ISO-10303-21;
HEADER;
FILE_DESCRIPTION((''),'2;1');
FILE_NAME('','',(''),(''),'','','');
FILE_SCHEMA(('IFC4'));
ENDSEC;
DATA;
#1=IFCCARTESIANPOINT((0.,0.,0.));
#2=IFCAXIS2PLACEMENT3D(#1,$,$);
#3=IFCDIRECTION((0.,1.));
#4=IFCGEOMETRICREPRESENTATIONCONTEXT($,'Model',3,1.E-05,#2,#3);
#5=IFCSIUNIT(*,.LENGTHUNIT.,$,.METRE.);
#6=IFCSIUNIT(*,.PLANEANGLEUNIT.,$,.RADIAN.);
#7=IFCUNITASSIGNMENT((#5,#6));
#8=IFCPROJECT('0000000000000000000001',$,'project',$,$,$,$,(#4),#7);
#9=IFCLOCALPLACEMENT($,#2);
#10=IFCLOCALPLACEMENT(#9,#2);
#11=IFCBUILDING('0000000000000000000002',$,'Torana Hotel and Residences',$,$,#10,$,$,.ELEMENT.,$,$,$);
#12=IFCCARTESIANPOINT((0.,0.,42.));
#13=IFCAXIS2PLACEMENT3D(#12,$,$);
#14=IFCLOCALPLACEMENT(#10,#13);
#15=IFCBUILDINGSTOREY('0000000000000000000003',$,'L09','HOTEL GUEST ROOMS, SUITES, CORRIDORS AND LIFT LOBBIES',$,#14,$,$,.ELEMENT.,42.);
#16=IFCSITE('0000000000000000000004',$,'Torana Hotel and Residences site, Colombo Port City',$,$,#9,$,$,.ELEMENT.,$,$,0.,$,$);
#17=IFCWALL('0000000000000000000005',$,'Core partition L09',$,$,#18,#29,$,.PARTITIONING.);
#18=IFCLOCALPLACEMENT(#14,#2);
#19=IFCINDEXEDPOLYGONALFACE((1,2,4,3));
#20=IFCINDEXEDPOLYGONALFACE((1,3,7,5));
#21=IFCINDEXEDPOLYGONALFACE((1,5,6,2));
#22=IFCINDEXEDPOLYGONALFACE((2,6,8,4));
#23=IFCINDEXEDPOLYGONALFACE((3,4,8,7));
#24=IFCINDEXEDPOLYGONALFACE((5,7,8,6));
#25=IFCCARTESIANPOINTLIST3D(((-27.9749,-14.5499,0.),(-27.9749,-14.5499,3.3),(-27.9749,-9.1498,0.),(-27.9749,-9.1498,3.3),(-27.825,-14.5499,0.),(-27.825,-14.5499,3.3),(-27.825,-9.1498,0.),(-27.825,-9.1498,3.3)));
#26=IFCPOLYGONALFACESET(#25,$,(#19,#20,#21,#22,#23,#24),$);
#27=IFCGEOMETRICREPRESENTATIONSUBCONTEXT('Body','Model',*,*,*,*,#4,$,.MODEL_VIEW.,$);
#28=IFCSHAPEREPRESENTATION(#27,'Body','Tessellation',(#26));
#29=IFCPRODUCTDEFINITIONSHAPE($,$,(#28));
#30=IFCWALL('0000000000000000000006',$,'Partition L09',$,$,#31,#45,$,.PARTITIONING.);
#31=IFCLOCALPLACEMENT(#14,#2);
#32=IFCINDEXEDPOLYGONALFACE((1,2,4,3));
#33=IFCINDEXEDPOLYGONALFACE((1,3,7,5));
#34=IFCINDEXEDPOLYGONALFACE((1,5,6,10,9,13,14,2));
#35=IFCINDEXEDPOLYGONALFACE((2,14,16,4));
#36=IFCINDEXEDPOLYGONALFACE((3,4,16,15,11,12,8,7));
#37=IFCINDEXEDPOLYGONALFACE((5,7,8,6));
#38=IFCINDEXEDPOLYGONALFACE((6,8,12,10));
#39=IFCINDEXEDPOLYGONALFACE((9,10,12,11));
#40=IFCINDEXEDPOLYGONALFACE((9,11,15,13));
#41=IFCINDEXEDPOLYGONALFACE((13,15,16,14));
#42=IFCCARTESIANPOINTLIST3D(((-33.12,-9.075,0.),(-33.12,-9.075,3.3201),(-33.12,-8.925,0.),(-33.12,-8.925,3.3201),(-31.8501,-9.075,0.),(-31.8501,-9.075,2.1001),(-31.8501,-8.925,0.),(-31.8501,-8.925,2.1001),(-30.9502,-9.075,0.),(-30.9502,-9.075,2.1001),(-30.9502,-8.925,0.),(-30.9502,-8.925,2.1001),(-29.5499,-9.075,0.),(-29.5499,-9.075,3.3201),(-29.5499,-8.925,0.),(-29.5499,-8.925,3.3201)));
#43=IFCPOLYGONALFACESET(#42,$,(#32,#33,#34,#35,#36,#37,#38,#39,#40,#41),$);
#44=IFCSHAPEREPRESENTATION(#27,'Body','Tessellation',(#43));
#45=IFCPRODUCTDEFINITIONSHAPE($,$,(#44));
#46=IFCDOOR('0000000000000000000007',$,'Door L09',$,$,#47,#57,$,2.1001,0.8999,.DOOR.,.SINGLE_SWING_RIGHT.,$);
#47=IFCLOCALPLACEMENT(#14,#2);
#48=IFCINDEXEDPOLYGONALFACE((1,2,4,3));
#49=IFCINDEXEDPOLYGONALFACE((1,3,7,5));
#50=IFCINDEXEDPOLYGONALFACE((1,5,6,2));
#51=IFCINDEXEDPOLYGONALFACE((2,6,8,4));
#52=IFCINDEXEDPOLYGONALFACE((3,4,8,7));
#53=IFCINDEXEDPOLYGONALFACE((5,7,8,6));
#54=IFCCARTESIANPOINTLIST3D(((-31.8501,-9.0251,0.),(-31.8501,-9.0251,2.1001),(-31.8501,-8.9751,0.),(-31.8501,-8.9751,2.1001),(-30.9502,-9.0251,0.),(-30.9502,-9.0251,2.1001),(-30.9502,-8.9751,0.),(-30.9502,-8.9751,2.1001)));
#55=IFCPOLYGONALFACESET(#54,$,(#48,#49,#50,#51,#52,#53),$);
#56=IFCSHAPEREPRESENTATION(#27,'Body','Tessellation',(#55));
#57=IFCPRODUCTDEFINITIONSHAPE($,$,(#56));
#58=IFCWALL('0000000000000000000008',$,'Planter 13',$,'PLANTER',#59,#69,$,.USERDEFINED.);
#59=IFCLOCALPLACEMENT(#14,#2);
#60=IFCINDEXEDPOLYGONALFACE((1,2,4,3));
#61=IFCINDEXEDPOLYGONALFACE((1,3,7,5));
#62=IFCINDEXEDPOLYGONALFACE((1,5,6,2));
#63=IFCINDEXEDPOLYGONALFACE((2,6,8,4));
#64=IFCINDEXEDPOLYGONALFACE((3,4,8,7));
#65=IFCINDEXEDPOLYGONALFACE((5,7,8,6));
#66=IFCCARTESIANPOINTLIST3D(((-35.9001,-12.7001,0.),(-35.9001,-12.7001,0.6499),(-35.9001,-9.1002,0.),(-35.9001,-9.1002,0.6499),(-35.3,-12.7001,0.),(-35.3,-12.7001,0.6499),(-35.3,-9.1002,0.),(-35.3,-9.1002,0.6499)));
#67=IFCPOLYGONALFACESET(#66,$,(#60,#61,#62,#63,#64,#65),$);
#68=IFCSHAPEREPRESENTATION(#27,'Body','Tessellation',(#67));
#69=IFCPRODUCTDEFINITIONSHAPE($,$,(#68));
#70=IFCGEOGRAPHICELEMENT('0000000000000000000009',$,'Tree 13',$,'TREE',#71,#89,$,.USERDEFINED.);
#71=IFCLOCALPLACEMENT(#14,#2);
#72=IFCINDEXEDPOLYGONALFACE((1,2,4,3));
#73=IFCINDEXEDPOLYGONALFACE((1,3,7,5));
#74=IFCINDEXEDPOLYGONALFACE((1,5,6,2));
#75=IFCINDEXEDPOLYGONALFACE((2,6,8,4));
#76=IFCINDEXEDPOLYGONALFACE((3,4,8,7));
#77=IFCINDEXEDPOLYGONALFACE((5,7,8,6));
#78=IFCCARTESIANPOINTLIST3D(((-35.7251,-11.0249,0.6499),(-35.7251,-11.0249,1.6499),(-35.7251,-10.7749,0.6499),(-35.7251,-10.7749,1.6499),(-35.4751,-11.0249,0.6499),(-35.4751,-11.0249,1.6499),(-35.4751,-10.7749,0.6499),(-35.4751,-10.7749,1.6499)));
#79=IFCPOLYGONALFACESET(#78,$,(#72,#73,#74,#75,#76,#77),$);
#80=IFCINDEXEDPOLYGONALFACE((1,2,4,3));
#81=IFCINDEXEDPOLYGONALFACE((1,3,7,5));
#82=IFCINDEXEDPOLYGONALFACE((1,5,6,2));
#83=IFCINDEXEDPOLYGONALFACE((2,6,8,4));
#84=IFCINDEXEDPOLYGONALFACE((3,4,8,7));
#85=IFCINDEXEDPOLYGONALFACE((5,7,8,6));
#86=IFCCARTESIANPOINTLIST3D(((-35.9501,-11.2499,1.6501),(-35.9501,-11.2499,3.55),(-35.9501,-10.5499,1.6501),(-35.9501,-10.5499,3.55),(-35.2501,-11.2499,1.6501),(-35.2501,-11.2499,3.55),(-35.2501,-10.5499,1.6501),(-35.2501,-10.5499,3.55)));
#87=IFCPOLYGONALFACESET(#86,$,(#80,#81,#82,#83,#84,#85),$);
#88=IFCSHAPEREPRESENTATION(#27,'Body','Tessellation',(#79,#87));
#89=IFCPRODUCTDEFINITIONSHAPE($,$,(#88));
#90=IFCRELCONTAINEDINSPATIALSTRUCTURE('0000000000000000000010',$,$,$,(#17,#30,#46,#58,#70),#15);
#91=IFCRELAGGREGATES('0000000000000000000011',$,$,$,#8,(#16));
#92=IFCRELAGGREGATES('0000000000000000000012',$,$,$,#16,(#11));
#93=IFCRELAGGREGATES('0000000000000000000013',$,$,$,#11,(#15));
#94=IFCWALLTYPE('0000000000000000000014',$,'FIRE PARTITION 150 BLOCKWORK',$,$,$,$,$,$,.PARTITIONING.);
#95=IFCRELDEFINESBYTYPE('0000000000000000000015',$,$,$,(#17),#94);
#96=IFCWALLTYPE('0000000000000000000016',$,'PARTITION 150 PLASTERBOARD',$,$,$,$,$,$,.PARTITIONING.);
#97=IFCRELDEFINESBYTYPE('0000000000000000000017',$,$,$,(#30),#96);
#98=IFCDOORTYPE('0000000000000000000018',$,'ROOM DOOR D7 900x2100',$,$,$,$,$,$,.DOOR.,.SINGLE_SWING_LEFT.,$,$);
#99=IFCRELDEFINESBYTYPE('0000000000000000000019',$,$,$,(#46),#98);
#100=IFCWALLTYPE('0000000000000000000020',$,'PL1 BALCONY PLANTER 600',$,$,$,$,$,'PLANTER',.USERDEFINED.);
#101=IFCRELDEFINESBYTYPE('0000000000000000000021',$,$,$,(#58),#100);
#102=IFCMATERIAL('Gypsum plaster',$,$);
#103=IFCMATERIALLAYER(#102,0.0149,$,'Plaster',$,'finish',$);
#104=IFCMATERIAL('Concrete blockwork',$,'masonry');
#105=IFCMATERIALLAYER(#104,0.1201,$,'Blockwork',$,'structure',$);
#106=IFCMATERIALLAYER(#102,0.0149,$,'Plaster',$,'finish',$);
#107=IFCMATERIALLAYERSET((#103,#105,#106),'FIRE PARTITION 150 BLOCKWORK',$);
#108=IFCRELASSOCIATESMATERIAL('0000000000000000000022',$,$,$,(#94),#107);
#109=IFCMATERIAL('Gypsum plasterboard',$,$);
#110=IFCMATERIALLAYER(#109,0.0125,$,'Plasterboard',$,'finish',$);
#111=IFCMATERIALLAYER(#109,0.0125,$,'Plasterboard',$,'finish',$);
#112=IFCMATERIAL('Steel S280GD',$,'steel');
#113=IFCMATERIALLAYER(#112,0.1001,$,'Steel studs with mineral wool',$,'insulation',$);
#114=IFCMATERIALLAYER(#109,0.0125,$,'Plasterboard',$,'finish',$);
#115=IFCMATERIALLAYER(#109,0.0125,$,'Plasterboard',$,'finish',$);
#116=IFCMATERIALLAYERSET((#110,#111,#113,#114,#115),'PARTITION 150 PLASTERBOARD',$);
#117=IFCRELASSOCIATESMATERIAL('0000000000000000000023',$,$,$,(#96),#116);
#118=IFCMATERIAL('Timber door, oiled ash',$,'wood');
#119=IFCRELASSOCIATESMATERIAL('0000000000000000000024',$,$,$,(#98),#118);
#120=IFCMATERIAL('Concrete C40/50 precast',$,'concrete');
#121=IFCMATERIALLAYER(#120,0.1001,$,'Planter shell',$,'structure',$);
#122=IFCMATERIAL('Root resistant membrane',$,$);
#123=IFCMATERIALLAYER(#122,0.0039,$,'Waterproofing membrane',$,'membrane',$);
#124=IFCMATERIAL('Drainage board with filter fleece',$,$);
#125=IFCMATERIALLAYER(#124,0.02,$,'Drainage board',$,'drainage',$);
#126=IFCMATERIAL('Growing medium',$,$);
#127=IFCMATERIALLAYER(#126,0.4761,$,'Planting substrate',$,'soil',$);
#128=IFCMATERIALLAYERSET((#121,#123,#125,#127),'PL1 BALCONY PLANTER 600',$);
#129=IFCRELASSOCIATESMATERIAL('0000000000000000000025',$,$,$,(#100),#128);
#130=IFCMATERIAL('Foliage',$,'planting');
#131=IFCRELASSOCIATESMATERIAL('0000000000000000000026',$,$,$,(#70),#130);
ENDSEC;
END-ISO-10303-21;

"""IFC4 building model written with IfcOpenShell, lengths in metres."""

from ifc_helpers import new_model, si_unit, direction, frame, frame_2d, origin, origin_2d, place, context, subcontext, project, spatial, rectangle, extrude, material, layer, layer_set, type_object, element, fill, save


model = new_model("IFC4")

# Units and contexts
model_context = context("Model", 3, precision=1e-05, world=origin(), true_north=direction((0.0, 1.0)))
body_context = subcontext(model_context, "Body", "Model", "MODEL_VIEW")
ifc_project = project(units=[si_unit("LENGTHUNIT", "METRE"), si_unit("PLANEANGLEUNIT", "RADIAN")], contexts=[model_context])

# Site, building, storey
site_placement = place(None, origin())
site = spatial("IfcSite", under=ifc_project, at=site_placement, Name="Torana Hotel and Residences site, Colombo Port City", CompositionType="ELEMENT", RefElevation=0.0)
building_placement = place(site_placement, origin())
building = spatial("IfcBuilding", under=site, at=building_placement, Name="Torana Hotel and Residences", CompositionType="ELEMENT")
storey_placement = place(building_placement, frame((0.0, 0.0, 42.0)))
storey = spatial("IfcBuildingStorey", under=building, at=storey_placement, Name="L09", Description="HOTEL GUEST ROOMS, SUITES, CORRIDORS AND LIFT LOBBIES", CompositionType="ELEMENT", Elevation=42.0)

# Wall
ifc_material_1 = material(Name="Gypsum plaster")
ifc_layer_1 = layer(ifc_material_1, 0.0149, Name="Plaster", Category="finish")
ifc_material_2 = material(Name="Concrete blockwork", Category="masonry")
ifc_layer_2 = layer(ifc_material_2, 0.1201, Name="Blockwork", Category="structure")
ifc_layer_3 = layer(ifc_material_1, 0.0149, Name="Plaster", Category="finish")
ifc_layer_set_1 = layer_set([ifc_layer_1, ifc_layer_2, ifc_layer_3], Name="FIRE PARTITION 150 BLOCKWORK")
wall_type_1 = type_object("IfcWallType", Name="FIRE PARTITION 150 BLOCKWORK", PredefinedType="PARTITIONING", material=ifc_layer_set_1)
wall_1_placement = place(storey_placement, frame((-27.8999, -14.55, 0.0), z_axis=(0.0, 0.0, 1.0), x_axis=(0.0, 1.0, 0.0)))
element("IfcWall", 1, at=wall_1_placement, inside=storey, type_object=wall_type_1, Name="Core partition L09", PredefinedType="PARTITIONING", context=body_context, shape_type="SweptSolid", body=[
    extrude(rectangle(XDim=5.4001, YDim=0.1499, at=frame_2d((2.7002, 0.0))), origin(), (0.0, 0.0, 1.0), 3.3),
])

# Wall, opening, door
ifc_material_3 = material(Name="Gypsum plasterboard")
ifc_layer_4 = layer(ifc_material_3, 0.0125, Name="Plasterboard", Category="finish")
ifc_layer_5 = layer(ifc_material_3, 0.0125, Name="Plasterboard", Category="finish")
ifc_material_4 = material(Name="Steel S280GD", Category="steel")
ifc_layer_6 = layer(ifc_material_4, 0.1001, Name="Steel studs with mineral wool", Category="insulation")
ifc_layer_7 = layer(ifc_material_3, 0.0125, Name="Plasterboard", Category="finish")
ifc_layer_8 = layer(ifc_material_3, 0.0125, Name="Plasterboard", Category="finish")
ifc_layer_set_2 = layer_set([ifc_layer_4, ifc_layer_5, ifc_layer_6, ifc_layer_7, ifc_layer_8], Name="PARTITION 150 PLASTERBOARD")
wall_type_2 = type_object("IfcWallType", Name="PARTITION 150 PLASTERBOARD", PredefinedType="PARTITIONING", material=ifc_layer_set_2)
wall_2_placement = place(storey_placement, frame((-33.1201, -9.0, 0.0), z_axis=(0.0, 0.0, 1.0), x_axis=(1.0, 0.0, 0.0)))
wall_2 = element("IfcWall", 2, at=wall_2_placement, inside=storey, type_object=wall_type_2, Name="Partition L09", PredefinedType="PARTITIONING", context=body_context, shape_type="SweptSolid", body=[
    extrude(rectangle(XDim=3.5701, YDim=0.1499, at=frame_2d((1.7852, 0.0))), origin(), (0.0, 0.0, 1.0), 3.3201),
])
opening_1_placement = place(wall_2_placement, frame((1.27, 0.0, 0.0)))
opening_1 = element("IfcOpeningElement", 3, at=opening_1_placement, cuts=wall_2, PredefinedType="OPENING", context=body_context, shape_type="SweptSolid", body=[
    extrude(rectangle(XDim=0.8999, YDim=2.1001, at=frame_2d((0.45, 1.05))), frame((0.0, 0.085, 0.0), z_axis=(0.0, -1.0, 0.0), x_axis=(1.0, 0.0, 0.0)), (0.0, 0.0, 1.0), 0.1699),
])
ifc_material_5 = material(Name="Timber door, oiled ash", Category="wood")
door_type_1 = type_object("IfcDoorType", Name="ROOM DOOR D7 900x2100", OperationType="SINGLE_SWING_LEFT", PredefinedType="DOOR", material=ifc_material_5)
door_1_placement = place(opening_1_placement, origin())
door_1 = element("IfcDoor", 4, at=door_1_placement, inside=storey, type_object=door_type_1, Name="Door L09", OperationType="SINGLE_SWING_RIGHT", OverallHeight=2.1001, OverallWidth=0.8999, PredefinedType="DOOR", context=body_context, shape_type="SweptSolid", body=[
    extrude(rectangle(XDim=0.8999, YDim=2.1001, at=frame_2d((0.45, 1.05))), frame((0.0, 0.0249, 0.0), z_axis=(0.0, -1.0, 0.0), x_axis=(1.0, 0.0, 0.0)), (0.0, 0.0, 1.0), 0.05),
])
fill(opening_1, door_1)

# Wall
ifc_material_6 = material(Name="Concrete C40/50 precast", Category="concrete")
ifc_layer_9 = layer(ifc_material_6, 0.1001, Name="Planter shell", Category="structure")
ifc_material_7 = material(Name="Root resistant membrane")
ifc_layer_10 = layer(ifc_material_7, 0.0039, Name="Waterproofing membrane", Category="membrane")
ifc_material_8 = material(Name="Drainage board with filter fleece")
ifc_layer_11 = layer(ifc_material_8, 0.02, Name="Drainage board", Category="drainage")
ifc_material_9 = material(Name="Growing medium")
ifc_layer_12 = layer(ifc_material_9, 0.4761, Name="Planting substrate", Category="soil")
ifc_layer_set_3 = layer_set([ifc_layer_9, ifc_layer_10, ifc_layer_11, ifc_layer_12], Name="PL1 BALCONY PLANTER 600")
wall_type_3 = type_object("IfcWallType", Name="PL1 BALCONY PLANTER 600", ElementType="PLANTER", PredefinedType="USERDEFINED", material=ifc_layer_set_3)
wall_3_placement = place(storey_placement, frame((-35.6001, -12.7, 0.0), z_axis=(0.0, 0.0, 1.0), x_axis=(0.0, 1.0, 0.0)))
element("IfcWall", 5, at=wall_3_placement, inside=storey, type_object=wall_type_3, Name="Planter 13", ObjectType="PLANTER", PredefinedType="USERDEFINED", context=body_context, shape_type="SweptSolid", body=[
    extrude(rectangle(XDim=3.5999, YDim=0.6001, at=frame_2d((1.7998, 0.0))), origin(), (0.0, 0.0, 1.0), 0.6499),
])

# Geographic element
ifc_material_10 = material(Name="Foliage", Category="planting")
geographic_element_placement = place(storey_placement, frame((-35.6001, -10.8999, 0.6499), z_axis=(0.0, 0.0, 1.0), x_axis=(1.0, 0.0, 0.0)))
element("IfcGeographicElement", 6, at=geographic_element_placement, inside=storey, material=ifc_material_10, Name="Tree 13", ObjectType="TREE", PredefinedType="USERDEFINED", context=body_context, shape_type="SweptSolid", body=[
    extrude(rectangle(XDim=0.25, YDim=0.25, at=origin_2d()), origin(), (0.0, 0.0, 1.0), 1.0),
    extrude(rectangle(XDim=0.7, YDim=0.7, at=origin_2d()), frame((0.0, 0.0, 1.0002)), (0.0, 0.0, 1.0), 1.8999),
])

save(model, "model.ifc")
